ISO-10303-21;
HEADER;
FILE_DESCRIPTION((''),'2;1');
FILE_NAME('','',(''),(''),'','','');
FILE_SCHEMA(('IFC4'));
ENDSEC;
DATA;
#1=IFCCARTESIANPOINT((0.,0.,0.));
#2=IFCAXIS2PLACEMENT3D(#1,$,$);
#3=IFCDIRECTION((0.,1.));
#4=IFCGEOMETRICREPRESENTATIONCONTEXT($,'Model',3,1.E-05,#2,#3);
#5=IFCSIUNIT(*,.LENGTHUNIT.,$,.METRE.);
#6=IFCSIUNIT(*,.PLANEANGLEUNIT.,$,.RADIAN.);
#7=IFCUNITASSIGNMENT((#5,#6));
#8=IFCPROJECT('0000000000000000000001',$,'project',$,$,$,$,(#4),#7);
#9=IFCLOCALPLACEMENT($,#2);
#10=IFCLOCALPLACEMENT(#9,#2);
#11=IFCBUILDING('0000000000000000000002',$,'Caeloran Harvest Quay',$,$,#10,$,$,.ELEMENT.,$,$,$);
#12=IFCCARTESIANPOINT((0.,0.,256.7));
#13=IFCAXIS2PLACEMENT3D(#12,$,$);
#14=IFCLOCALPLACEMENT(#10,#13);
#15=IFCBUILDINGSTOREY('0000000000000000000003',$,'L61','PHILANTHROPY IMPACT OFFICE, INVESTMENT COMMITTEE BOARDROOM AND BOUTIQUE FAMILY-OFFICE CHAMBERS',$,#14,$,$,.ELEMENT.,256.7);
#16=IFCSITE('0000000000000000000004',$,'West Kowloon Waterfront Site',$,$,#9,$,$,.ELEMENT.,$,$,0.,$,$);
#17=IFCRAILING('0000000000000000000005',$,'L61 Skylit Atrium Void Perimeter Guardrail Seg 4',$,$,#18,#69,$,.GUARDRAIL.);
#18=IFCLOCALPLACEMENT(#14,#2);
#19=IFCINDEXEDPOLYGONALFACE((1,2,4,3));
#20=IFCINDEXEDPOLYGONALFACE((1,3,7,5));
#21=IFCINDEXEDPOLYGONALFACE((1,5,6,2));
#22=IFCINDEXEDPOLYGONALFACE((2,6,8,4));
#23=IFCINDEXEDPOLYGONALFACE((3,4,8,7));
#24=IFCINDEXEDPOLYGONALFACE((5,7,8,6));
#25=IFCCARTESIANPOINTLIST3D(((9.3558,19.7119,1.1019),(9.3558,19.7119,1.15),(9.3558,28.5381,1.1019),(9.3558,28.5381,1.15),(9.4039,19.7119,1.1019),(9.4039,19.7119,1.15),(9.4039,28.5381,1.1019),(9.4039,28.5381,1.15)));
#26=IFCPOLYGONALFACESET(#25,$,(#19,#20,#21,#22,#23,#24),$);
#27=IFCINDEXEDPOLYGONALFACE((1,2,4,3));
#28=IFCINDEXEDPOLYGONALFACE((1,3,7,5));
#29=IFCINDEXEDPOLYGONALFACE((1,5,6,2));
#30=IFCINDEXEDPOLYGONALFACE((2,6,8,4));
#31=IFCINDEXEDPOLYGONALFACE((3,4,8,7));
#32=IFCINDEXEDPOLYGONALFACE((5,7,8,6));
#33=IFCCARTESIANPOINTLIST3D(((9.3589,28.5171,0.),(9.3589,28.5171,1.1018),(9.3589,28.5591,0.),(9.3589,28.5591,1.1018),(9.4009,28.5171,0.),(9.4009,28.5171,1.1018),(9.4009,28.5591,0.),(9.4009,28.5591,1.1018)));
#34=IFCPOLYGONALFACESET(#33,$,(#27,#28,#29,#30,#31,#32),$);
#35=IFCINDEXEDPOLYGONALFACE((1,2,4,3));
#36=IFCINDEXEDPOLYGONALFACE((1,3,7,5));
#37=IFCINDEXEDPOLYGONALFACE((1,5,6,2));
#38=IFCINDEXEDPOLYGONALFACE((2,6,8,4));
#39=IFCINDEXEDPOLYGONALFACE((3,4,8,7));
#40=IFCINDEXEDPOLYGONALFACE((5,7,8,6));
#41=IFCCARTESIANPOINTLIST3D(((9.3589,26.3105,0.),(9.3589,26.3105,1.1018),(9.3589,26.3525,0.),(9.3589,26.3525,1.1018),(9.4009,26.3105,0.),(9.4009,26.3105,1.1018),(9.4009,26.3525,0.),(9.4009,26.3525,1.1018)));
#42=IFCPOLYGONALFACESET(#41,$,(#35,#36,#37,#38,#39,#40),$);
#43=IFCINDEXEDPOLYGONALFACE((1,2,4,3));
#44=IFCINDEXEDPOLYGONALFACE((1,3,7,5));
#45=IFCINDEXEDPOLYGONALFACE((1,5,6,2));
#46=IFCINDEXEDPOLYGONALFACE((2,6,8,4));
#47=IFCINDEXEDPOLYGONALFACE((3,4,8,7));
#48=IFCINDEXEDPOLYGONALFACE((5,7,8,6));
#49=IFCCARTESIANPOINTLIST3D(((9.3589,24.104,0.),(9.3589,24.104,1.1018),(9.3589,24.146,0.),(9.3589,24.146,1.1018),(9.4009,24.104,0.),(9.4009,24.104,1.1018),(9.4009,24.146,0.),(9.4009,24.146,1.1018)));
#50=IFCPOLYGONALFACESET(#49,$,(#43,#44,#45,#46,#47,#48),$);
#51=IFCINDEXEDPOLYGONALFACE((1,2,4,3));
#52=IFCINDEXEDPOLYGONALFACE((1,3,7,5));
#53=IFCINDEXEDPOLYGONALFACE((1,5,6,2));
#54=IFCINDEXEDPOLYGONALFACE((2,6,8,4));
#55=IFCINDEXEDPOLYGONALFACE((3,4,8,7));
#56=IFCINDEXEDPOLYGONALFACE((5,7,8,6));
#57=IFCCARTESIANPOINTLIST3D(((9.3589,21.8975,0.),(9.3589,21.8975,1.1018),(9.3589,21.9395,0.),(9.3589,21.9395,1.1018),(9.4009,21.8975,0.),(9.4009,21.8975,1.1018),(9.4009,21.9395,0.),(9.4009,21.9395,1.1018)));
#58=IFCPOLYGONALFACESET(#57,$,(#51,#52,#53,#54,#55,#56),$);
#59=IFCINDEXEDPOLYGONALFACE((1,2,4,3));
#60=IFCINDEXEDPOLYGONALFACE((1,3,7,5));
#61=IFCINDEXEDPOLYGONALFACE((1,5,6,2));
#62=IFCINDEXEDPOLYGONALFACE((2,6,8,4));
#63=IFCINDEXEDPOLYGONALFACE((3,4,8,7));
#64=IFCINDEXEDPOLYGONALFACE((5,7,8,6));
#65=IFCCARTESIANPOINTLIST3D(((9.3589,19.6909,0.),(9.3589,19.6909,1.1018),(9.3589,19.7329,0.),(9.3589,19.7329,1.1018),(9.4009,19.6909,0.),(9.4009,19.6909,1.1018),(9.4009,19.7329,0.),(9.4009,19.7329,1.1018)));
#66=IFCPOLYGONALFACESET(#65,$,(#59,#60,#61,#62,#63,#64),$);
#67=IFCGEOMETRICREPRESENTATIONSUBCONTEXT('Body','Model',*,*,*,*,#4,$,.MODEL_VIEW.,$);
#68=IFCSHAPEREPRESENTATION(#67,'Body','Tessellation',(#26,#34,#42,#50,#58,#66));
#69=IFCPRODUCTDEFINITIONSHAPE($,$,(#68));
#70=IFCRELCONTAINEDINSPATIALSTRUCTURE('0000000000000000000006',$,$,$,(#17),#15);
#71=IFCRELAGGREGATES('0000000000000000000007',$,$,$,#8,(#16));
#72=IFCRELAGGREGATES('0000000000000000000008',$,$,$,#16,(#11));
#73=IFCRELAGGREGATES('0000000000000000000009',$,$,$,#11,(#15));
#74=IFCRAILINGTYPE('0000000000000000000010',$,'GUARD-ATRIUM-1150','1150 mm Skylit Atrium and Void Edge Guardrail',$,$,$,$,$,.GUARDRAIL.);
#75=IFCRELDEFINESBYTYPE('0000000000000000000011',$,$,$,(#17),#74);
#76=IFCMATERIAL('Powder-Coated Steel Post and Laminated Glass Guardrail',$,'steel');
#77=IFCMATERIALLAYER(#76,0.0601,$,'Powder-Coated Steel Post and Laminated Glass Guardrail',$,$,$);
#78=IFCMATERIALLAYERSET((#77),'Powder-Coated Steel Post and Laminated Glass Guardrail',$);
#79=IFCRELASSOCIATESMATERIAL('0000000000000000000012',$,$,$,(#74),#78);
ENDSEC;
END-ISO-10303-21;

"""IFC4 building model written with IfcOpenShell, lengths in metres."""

from ifc_helpers import new_model, si_unit, direction, frame, origin, origin_2d, place, context, subcontext, project, spatial, rectangle, extrude, material, layer, layer_set, type_object, element, save


model = new_model("IFC4")

# Units and contexts
model_context = context("Model", 3, precision=1e-05, world=origin(), true_north=direction((0.0, 1.0)))
body_context = subcontext(model_context, "Body", "Model", "MODEL_VIEW")
ifc_project = project(units=[si_unit("LENGTHUNIT", "METRE"), si_unit("PLANEANGLEUNIT", "RADIAN")], contexts=[model_context])

# Site, building, storey
site_placement = place(None, origin())
site = spatial("IfcSite", under=ifc_project, at=site_placement, Name="West Kowloon Waterfront Site", CompositionType="ELEMENT", RefElevation=0.0)
building_placement = place(site_placement, origin())
building = spatial("IfcBuilding", under=site, at=building_placement, Name="Caeloran Harvest Quay", CompositionType="ELEMENT")
storey_placement = place(building_placement, frame((0.0, 0.0, 256.7)))
storey = spatial("IfcBuildingStorey", under=building, at=storey_placement, Name="L61", Description="PHILANTHROPY IMPACT OFFICE, INVESTMENT COMMITTEE BOARDROOM AND BOUTIQUE FAMILY-OFFICE CHAMBERS", CompositionType="ELEMENT", Elevation=256.7)

# Railing
ifc_material_1 = material(Name="Powder-Coated Steel Post and Laminated Glass Guardrail", Category="steel")
ifc_layer_1 = layer(ifc_material_1, 0.0601, Name="Powder-Coated Steel Post and Laminated Glass Guardrail")
ifc_layer_set_1 = layer_set([ifc_layer_1], Name="Powder-Coated Steel Post and Laminated Glass Guardrail")
railing_type = type_object("IfcRailingType", Name="GUARD-ATRIUM-1150", Description="1150 mm Skylit Atrium and Void Edge Guardrail", PredefinedType="GUARDRAIL", material=ifc_layer_set_1)
railing_placement = place(storey_placement, frame((9.3799, 28.5381, 0.0)))
element("IfcRailing", 1, at=railing_placement, inside=storey, type_object=railing_type, Name="L61 Skylit Atrium Void Perimeter Guardrail Seg 4", PredefinedType="GUARDRAIL", context=body_context, shape_type="SweptSolid", body=[
    extrude(rectangle(XDim=0.0481, YDim=0.0481, at=origin_2d()), frame((0.0, 0.0, 1.126), z_axis=(0.0, -1.0, 0.0), x_axis=(1.0, 0.0, 0.0)), (0.0, 0.0, 1.0), 8.8262),
    extrude(rectangle(XDim=0.042, YDim=0.042, at=origin_2d()), origin(), (0.0, 0.0, 1.0), 1.1018),
    extrude(rectangle(XDim=0.042, YDim=0.042, at=origin_2d()), frame((0.0, -2.2065, 0.0)), (0.0, 0.0, 1.0), 1.1018),
    extrude(rectangle(XDim=0.042, YDim=0.042, at=origin_2d()), frame((0.0, -4.4131, 0.0)), (0.0, 0.0, 1.0), 1.1018),
    extrude(rectangle(XDim=0.042, YDim=0.042, at=origin_2d()), frame((0.0, -6.6196, 0.0)), (0.0, 0.0, 1.0), 1.1018),
    extrude(rectangle(XDim=0.042, YDim=0.042, at=origin_2d()), frame((0.0, -8.8262, 0.0)), (0.0, 0.0, 1.0), 1.1018),
])

save(model, "model.ifc")
